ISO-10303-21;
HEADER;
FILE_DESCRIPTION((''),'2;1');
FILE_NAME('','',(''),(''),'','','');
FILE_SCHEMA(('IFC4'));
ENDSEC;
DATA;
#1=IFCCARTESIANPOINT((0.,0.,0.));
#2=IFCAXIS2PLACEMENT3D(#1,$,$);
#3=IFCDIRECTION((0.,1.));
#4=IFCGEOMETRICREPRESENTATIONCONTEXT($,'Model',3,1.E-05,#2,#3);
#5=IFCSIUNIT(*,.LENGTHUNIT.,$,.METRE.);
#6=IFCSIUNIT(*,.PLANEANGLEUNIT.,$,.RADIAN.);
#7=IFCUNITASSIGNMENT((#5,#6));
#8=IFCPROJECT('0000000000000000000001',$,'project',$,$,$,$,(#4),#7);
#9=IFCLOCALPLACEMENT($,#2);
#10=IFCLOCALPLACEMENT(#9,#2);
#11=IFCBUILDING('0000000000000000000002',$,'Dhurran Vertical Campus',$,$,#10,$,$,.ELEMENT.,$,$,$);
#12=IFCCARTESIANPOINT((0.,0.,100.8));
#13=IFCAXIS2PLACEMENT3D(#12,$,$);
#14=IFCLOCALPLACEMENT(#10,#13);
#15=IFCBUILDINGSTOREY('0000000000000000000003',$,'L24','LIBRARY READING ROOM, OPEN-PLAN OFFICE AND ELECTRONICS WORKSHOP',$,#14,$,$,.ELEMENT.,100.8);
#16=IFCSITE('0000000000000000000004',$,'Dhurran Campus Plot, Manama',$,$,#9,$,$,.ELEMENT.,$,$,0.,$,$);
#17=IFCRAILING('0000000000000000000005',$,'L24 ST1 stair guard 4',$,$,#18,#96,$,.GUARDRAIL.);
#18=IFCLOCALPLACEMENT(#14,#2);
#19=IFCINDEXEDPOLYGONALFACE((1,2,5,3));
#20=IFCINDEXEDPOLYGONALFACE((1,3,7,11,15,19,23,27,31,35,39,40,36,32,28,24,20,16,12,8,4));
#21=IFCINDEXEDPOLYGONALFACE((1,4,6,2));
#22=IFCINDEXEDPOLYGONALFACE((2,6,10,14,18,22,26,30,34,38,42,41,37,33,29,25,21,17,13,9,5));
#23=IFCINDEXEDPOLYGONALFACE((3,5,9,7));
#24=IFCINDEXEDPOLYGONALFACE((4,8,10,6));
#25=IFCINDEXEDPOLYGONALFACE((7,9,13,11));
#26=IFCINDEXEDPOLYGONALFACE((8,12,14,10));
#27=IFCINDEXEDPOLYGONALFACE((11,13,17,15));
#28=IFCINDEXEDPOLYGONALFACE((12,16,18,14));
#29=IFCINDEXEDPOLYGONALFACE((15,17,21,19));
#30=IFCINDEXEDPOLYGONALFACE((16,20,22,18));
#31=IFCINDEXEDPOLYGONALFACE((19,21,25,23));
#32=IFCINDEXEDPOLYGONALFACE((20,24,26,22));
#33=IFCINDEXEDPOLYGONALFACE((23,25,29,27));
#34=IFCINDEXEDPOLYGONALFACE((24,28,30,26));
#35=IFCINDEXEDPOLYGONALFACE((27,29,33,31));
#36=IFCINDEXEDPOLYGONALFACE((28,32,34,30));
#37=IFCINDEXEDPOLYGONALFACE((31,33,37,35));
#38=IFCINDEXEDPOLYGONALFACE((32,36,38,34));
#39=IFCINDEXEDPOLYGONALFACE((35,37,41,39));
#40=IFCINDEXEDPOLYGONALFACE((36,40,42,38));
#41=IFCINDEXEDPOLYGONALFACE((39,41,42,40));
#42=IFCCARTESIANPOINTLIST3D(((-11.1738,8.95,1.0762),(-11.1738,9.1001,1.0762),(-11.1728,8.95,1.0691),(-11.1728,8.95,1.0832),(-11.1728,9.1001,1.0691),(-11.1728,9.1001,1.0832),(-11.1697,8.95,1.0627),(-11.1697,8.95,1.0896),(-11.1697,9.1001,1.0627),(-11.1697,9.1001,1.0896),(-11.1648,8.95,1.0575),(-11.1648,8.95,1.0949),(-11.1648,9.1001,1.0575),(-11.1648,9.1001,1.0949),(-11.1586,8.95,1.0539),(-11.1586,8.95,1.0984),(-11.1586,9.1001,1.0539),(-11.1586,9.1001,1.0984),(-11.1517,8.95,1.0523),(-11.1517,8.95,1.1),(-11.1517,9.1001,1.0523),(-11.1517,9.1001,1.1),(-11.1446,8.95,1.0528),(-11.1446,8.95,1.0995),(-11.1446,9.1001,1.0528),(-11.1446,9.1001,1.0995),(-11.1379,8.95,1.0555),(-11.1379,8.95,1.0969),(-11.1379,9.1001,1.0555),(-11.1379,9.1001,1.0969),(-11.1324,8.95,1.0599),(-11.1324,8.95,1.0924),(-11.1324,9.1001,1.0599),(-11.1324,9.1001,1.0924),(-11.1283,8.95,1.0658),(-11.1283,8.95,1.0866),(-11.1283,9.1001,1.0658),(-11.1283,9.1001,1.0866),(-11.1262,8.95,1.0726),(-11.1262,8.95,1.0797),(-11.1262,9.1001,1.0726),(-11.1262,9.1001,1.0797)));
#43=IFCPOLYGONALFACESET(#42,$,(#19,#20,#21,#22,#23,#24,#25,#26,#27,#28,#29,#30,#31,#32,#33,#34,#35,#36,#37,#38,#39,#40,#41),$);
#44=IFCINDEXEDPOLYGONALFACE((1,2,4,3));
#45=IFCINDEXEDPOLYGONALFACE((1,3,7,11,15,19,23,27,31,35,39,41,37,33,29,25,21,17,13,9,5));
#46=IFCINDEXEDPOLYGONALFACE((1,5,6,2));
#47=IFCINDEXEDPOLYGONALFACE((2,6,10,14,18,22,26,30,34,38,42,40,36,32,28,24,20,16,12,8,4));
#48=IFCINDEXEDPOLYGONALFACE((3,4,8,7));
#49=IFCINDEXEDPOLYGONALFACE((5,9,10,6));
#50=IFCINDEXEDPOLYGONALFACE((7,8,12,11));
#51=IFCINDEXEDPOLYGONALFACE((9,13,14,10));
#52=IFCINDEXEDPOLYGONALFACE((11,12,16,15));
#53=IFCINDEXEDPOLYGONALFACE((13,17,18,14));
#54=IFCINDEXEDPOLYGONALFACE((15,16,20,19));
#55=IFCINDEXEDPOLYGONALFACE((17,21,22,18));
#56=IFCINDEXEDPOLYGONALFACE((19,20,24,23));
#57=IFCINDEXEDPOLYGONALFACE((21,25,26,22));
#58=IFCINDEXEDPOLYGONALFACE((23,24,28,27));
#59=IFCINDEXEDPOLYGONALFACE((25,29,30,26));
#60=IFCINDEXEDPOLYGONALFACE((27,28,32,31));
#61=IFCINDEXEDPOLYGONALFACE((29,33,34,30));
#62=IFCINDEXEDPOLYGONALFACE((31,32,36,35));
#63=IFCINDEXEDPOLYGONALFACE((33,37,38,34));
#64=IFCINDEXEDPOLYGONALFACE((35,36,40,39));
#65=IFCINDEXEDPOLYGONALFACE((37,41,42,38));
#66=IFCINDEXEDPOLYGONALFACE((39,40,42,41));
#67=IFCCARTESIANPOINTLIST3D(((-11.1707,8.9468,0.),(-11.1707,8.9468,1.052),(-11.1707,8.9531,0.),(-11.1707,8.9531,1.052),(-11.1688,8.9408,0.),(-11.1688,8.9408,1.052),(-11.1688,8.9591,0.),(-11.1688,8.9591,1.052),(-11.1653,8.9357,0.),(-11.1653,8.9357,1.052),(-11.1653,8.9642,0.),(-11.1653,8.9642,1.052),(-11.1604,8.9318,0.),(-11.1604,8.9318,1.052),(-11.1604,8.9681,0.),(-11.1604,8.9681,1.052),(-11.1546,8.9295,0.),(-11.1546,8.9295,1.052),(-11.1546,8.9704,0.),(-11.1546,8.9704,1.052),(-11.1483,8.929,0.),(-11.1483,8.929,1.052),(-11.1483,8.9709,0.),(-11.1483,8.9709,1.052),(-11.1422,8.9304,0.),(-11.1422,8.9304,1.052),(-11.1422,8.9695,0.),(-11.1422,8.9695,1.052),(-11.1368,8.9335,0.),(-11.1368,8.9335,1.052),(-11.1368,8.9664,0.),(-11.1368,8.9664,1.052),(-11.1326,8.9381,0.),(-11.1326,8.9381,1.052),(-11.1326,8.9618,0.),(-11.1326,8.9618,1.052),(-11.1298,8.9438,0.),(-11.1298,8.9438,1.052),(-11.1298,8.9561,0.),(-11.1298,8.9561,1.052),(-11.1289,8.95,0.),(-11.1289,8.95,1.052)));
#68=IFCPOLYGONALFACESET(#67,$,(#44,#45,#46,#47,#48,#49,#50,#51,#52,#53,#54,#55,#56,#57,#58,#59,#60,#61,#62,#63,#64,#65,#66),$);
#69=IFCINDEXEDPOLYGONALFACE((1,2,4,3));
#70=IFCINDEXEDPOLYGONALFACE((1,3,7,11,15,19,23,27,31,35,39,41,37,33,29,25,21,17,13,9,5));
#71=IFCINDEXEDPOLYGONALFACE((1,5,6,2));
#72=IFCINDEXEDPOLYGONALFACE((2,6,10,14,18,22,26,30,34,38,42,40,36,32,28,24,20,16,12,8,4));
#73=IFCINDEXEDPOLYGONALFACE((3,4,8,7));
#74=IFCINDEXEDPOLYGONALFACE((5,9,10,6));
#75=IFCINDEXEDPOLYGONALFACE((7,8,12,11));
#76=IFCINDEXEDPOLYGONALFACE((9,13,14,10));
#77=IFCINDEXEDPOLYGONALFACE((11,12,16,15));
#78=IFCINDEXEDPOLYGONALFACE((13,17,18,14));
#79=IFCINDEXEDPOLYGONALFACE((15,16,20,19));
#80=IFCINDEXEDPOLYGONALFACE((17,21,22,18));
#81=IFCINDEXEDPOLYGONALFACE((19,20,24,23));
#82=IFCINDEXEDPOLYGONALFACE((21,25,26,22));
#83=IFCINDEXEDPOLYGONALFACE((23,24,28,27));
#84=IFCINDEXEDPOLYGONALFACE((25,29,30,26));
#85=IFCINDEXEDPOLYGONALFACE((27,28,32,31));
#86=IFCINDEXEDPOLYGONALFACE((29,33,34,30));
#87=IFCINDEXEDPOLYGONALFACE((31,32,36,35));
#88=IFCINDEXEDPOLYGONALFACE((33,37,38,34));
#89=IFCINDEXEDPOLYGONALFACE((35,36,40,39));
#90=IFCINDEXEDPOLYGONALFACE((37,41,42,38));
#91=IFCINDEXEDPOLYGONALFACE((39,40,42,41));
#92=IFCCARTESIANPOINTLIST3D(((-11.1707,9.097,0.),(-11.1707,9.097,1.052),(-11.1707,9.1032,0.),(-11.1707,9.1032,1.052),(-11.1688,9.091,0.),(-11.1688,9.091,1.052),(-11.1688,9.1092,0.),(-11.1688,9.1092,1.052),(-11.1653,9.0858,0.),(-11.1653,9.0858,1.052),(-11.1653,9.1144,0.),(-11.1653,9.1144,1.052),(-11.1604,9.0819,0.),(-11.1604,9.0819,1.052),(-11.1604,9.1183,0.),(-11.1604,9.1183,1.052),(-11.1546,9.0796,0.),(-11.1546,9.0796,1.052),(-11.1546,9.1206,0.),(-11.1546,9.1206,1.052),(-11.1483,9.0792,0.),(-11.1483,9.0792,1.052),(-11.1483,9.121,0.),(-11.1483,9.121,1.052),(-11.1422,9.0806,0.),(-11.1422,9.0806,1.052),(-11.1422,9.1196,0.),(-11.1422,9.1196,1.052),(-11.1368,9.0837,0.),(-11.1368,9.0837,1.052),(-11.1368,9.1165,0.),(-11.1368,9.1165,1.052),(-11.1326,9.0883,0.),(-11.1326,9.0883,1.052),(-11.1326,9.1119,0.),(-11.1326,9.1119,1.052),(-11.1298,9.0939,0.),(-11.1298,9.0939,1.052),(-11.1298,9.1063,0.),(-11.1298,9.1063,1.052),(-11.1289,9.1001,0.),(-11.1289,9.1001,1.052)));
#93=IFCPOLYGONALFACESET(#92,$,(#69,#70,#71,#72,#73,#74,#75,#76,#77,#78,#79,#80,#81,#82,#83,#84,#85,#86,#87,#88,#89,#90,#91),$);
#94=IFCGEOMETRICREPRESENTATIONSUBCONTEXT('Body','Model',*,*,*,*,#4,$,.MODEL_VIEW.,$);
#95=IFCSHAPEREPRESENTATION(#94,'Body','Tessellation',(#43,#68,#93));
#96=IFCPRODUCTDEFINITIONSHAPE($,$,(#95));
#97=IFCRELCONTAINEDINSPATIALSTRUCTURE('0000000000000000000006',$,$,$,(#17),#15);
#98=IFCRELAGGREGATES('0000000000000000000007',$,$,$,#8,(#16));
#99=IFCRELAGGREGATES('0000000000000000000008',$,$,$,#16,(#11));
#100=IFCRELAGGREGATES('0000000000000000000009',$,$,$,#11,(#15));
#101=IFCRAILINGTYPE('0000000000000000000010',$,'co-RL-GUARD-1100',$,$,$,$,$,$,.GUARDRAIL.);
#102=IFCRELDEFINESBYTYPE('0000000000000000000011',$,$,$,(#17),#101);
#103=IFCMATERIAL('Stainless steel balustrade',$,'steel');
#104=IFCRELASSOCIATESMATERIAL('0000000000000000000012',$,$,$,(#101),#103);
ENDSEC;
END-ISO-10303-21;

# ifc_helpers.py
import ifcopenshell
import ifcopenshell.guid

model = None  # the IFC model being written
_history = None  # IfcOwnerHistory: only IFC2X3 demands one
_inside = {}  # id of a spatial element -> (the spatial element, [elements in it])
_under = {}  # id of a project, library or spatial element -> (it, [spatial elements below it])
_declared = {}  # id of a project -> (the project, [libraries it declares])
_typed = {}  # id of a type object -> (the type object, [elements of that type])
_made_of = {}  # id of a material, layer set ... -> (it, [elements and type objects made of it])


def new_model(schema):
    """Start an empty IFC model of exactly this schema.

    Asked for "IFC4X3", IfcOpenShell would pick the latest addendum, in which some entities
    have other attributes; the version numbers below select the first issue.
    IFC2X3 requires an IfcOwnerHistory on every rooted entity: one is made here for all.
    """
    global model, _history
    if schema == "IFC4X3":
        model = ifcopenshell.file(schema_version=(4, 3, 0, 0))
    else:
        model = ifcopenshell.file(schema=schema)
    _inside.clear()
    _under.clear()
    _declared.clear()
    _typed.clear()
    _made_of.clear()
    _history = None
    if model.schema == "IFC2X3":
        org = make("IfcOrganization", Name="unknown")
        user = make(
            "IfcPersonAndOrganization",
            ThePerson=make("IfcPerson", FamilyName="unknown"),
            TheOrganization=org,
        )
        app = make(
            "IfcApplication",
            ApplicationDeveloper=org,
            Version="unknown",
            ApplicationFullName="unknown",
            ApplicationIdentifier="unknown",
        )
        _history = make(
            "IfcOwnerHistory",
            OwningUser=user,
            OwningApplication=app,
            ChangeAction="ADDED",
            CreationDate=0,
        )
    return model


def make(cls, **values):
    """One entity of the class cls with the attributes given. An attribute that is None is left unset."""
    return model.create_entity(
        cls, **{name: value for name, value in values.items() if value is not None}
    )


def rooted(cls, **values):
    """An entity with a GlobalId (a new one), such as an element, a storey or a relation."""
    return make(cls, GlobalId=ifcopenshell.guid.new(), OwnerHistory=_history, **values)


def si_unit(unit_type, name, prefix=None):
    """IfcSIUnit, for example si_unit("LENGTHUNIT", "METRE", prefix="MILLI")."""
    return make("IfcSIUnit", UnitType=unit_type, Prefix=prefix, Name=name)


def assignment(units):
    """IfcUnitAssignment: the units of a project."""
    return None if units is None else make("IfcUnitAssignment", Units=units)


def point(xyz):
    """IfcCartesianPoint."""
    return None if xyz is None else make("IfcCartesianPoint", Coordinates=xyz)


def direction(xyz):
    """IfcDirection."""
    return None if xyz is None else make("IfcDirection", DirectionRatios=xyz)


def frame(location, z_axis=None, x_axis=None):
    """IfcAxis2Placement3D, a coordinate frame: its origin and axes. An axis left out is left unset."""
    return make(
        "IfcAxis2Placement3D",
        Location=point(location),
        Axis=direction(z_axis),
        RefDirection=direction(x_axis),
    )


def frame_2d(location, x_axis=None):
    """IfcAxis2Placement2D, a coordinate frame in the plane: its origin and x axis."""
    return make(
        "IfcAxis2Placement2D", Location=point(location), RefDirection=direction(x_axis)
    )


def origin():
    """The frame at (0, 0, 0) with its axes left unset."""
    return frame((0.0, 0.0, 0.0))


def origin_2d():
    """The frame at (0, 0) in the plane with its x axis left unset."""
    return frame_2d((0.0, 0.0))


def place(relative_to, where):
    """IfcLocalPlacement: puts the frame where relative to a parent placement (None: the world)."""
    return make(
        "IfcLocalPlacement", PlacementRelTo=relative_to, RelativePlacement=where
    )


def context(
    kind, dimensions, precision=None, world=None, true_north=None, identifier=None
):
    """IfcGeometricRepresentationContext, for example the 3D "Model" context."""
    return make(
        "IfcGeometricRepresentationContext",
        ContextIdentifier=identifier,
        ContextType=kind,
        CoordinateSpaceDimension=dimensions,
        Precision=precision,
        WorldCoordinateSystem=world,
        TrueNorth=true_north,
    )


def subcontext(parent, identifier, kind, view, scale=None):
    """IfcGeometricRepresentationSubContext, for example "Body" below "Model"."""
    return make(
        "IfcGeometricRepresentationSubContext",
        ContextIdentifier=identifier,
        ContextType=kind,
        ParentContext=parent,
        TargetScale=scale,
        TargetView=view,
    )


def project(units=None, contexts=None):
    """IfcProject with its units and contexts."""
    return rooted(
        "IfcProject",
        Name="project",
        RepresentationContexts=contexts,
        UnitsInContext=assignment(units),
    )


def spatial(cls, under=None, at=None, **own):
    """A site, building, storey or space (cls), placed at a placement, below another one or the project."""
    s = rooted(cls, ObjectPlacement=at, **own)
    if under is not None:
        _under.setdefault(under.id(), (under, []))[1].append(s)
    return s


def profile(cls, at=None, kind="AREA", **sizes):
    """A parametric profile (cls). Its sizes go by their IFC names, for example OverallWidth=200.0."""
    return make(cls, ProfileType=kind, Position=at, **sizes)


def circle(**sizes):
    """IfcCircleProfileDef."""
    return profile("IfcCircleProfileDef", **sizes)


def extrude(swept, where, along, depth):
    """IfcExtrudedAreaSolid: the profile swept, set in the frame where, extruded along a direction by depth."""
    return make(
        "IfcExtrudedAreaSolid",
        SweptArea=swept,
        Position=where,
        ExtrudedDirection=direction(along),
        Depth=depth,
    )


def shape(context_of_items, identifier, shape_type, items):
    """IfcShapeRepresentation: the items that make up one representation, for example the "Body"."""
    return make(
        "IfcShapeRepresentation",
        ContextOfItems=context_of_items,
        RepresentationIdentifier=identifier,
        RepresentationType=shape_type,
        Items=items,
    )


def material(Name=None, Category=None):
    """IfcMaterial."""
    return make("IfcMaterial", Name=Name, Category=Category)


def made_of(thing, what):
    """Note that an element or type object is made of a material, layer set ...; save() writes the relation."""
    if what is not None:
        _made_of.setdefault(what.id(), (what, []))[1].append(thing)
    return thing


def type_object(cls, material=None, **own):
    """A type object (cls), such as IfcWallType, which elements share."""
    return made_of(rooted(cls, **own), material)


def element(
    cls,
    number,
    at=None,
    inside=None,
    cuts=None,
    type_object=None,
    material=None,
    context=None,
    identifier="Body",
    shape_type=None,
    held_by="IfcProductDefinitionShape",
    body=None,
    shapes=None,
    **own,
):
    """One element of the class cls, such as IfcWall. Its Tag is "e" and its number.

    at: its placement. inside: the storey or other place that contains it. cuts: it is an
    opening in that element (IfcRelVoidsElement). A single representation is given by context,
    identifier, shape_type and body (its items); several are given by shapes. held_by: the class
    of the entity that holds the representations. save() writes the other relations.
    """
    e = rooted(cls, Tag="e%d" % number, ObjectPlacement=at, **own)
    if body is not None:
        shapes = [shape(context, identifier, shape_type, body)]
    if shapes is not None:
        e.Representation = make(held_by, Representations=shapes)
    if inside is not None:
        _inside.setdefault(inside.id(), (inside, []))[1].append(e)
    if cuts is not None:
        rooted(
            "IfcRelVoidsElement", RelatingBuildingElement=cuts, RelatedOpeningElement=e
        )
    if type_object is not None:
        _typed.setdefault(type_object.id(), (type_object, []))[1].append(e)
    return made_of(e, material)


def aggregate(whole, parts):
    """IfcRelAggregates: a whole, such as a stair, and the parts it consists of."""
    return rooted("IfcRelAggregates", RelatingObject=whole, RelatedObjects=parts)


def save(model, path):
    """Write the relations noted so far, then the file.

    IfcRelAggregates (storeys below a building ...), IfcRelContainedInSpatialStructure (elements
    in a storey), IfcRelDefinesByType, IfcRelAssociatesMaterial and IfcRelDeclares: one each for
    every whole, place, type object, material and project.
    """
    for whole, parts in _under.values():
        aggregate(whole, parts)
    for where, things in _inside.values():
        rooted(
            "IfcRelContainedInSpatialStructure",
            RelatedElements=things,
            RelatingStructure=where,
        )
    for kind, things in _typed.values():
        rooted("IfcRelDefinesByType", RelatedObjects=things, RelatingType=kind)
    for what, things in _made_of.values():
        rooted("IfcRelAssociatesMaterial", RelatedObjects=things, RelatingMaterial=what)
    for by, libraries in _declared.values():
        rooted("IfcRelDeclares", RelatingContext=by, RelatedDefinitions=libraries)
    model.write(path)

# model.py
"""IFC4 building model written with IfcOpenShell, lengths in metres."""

from ifc_helpers import new_model, si_unit, direction, frame, origin, origin_2d, place, context, subcontext, project, spatial, circle, extrude, material, type_object, element, save


model = new_model("IFC4")

# Units and contexts
model_context = context("Model", 3, precision=1e-05, world=origin(), true_north=direction((0.0, 1.0)))
body_context = subcontext(model_context, "Body", "Model", "MODEL_VIEW")
ifc_project = project(units=[si_unit("LENGTHUNIT", "METRE"), si_unit("PLANEANGLEUNIT", "RADIAN")], contexts=[model_context])

# Site, building, storey
site_placement = place(None, origin())
site = spatial("IfcSite", under=ifc_project, at=site_placement, Name="Dhurran Campus Plot, Manama", CompositionType="ELEMENT", RefElevation=0.0)
building_placement = place(site_placement, origin())
building = spatial("IfcBuilding", under=site, at=building_placement, Name="Dhurran Vertical Campus", CompositionType="ELEMENT")
storey_placement = place(building_placement, frame((0.0, 0.0, 100.8)))
storey = spatial("IfcBuildingStorey", under=building, at=storey_placement, Name="L24", Description="LIBRARY READING ROOM, OPEN-PLAN OFFICE AND ELECTRONICS WORKSHOP", CompositionType="ELEMENT", Elevation=100.8)

# Railing
ifc_material_1 = material(Name="Stainless steel balustrade", Category="steel")
railing_type_1 = type_object("IfcRailingType", Name="co-RL-GUARD-1100", PredefinedType="GUARDRAIL", material=ifc_material_1)
railing_1_placement = place(storey_placement, frame((-11.1499, 8.95, 0.0)))
element("IfcRailing", 1, at=railing_1_placement, inside=storey, type_object=railing_type_1, Name="L24 ST1 stair guard 4", PredefinedType="GUARDRAIL", context=body_context, shape_type="SweptSolid", body=[
    extrude(circle(Radius=0.0239, at=origin_2d()), frame((0.0, 0.0, 1.0762), z_axis=(0.0, 1.0, 0.0), x_axis=(-1.0, 0.0, 0.0)), (0.0, 0.0, 1.0), 0.1501),
    extrude(circle(Radius=0.021, at=origin_2d()), origin(), (0.0, 0.0, 1.0), 1.052),
    extrude(circle(Radius=0.021, at=origin_2d()), frame((0.0, 0.1501, 0.0)), (0.0, 0.0, 1.0), 1.052),
])

save(model, "model.ifc")
